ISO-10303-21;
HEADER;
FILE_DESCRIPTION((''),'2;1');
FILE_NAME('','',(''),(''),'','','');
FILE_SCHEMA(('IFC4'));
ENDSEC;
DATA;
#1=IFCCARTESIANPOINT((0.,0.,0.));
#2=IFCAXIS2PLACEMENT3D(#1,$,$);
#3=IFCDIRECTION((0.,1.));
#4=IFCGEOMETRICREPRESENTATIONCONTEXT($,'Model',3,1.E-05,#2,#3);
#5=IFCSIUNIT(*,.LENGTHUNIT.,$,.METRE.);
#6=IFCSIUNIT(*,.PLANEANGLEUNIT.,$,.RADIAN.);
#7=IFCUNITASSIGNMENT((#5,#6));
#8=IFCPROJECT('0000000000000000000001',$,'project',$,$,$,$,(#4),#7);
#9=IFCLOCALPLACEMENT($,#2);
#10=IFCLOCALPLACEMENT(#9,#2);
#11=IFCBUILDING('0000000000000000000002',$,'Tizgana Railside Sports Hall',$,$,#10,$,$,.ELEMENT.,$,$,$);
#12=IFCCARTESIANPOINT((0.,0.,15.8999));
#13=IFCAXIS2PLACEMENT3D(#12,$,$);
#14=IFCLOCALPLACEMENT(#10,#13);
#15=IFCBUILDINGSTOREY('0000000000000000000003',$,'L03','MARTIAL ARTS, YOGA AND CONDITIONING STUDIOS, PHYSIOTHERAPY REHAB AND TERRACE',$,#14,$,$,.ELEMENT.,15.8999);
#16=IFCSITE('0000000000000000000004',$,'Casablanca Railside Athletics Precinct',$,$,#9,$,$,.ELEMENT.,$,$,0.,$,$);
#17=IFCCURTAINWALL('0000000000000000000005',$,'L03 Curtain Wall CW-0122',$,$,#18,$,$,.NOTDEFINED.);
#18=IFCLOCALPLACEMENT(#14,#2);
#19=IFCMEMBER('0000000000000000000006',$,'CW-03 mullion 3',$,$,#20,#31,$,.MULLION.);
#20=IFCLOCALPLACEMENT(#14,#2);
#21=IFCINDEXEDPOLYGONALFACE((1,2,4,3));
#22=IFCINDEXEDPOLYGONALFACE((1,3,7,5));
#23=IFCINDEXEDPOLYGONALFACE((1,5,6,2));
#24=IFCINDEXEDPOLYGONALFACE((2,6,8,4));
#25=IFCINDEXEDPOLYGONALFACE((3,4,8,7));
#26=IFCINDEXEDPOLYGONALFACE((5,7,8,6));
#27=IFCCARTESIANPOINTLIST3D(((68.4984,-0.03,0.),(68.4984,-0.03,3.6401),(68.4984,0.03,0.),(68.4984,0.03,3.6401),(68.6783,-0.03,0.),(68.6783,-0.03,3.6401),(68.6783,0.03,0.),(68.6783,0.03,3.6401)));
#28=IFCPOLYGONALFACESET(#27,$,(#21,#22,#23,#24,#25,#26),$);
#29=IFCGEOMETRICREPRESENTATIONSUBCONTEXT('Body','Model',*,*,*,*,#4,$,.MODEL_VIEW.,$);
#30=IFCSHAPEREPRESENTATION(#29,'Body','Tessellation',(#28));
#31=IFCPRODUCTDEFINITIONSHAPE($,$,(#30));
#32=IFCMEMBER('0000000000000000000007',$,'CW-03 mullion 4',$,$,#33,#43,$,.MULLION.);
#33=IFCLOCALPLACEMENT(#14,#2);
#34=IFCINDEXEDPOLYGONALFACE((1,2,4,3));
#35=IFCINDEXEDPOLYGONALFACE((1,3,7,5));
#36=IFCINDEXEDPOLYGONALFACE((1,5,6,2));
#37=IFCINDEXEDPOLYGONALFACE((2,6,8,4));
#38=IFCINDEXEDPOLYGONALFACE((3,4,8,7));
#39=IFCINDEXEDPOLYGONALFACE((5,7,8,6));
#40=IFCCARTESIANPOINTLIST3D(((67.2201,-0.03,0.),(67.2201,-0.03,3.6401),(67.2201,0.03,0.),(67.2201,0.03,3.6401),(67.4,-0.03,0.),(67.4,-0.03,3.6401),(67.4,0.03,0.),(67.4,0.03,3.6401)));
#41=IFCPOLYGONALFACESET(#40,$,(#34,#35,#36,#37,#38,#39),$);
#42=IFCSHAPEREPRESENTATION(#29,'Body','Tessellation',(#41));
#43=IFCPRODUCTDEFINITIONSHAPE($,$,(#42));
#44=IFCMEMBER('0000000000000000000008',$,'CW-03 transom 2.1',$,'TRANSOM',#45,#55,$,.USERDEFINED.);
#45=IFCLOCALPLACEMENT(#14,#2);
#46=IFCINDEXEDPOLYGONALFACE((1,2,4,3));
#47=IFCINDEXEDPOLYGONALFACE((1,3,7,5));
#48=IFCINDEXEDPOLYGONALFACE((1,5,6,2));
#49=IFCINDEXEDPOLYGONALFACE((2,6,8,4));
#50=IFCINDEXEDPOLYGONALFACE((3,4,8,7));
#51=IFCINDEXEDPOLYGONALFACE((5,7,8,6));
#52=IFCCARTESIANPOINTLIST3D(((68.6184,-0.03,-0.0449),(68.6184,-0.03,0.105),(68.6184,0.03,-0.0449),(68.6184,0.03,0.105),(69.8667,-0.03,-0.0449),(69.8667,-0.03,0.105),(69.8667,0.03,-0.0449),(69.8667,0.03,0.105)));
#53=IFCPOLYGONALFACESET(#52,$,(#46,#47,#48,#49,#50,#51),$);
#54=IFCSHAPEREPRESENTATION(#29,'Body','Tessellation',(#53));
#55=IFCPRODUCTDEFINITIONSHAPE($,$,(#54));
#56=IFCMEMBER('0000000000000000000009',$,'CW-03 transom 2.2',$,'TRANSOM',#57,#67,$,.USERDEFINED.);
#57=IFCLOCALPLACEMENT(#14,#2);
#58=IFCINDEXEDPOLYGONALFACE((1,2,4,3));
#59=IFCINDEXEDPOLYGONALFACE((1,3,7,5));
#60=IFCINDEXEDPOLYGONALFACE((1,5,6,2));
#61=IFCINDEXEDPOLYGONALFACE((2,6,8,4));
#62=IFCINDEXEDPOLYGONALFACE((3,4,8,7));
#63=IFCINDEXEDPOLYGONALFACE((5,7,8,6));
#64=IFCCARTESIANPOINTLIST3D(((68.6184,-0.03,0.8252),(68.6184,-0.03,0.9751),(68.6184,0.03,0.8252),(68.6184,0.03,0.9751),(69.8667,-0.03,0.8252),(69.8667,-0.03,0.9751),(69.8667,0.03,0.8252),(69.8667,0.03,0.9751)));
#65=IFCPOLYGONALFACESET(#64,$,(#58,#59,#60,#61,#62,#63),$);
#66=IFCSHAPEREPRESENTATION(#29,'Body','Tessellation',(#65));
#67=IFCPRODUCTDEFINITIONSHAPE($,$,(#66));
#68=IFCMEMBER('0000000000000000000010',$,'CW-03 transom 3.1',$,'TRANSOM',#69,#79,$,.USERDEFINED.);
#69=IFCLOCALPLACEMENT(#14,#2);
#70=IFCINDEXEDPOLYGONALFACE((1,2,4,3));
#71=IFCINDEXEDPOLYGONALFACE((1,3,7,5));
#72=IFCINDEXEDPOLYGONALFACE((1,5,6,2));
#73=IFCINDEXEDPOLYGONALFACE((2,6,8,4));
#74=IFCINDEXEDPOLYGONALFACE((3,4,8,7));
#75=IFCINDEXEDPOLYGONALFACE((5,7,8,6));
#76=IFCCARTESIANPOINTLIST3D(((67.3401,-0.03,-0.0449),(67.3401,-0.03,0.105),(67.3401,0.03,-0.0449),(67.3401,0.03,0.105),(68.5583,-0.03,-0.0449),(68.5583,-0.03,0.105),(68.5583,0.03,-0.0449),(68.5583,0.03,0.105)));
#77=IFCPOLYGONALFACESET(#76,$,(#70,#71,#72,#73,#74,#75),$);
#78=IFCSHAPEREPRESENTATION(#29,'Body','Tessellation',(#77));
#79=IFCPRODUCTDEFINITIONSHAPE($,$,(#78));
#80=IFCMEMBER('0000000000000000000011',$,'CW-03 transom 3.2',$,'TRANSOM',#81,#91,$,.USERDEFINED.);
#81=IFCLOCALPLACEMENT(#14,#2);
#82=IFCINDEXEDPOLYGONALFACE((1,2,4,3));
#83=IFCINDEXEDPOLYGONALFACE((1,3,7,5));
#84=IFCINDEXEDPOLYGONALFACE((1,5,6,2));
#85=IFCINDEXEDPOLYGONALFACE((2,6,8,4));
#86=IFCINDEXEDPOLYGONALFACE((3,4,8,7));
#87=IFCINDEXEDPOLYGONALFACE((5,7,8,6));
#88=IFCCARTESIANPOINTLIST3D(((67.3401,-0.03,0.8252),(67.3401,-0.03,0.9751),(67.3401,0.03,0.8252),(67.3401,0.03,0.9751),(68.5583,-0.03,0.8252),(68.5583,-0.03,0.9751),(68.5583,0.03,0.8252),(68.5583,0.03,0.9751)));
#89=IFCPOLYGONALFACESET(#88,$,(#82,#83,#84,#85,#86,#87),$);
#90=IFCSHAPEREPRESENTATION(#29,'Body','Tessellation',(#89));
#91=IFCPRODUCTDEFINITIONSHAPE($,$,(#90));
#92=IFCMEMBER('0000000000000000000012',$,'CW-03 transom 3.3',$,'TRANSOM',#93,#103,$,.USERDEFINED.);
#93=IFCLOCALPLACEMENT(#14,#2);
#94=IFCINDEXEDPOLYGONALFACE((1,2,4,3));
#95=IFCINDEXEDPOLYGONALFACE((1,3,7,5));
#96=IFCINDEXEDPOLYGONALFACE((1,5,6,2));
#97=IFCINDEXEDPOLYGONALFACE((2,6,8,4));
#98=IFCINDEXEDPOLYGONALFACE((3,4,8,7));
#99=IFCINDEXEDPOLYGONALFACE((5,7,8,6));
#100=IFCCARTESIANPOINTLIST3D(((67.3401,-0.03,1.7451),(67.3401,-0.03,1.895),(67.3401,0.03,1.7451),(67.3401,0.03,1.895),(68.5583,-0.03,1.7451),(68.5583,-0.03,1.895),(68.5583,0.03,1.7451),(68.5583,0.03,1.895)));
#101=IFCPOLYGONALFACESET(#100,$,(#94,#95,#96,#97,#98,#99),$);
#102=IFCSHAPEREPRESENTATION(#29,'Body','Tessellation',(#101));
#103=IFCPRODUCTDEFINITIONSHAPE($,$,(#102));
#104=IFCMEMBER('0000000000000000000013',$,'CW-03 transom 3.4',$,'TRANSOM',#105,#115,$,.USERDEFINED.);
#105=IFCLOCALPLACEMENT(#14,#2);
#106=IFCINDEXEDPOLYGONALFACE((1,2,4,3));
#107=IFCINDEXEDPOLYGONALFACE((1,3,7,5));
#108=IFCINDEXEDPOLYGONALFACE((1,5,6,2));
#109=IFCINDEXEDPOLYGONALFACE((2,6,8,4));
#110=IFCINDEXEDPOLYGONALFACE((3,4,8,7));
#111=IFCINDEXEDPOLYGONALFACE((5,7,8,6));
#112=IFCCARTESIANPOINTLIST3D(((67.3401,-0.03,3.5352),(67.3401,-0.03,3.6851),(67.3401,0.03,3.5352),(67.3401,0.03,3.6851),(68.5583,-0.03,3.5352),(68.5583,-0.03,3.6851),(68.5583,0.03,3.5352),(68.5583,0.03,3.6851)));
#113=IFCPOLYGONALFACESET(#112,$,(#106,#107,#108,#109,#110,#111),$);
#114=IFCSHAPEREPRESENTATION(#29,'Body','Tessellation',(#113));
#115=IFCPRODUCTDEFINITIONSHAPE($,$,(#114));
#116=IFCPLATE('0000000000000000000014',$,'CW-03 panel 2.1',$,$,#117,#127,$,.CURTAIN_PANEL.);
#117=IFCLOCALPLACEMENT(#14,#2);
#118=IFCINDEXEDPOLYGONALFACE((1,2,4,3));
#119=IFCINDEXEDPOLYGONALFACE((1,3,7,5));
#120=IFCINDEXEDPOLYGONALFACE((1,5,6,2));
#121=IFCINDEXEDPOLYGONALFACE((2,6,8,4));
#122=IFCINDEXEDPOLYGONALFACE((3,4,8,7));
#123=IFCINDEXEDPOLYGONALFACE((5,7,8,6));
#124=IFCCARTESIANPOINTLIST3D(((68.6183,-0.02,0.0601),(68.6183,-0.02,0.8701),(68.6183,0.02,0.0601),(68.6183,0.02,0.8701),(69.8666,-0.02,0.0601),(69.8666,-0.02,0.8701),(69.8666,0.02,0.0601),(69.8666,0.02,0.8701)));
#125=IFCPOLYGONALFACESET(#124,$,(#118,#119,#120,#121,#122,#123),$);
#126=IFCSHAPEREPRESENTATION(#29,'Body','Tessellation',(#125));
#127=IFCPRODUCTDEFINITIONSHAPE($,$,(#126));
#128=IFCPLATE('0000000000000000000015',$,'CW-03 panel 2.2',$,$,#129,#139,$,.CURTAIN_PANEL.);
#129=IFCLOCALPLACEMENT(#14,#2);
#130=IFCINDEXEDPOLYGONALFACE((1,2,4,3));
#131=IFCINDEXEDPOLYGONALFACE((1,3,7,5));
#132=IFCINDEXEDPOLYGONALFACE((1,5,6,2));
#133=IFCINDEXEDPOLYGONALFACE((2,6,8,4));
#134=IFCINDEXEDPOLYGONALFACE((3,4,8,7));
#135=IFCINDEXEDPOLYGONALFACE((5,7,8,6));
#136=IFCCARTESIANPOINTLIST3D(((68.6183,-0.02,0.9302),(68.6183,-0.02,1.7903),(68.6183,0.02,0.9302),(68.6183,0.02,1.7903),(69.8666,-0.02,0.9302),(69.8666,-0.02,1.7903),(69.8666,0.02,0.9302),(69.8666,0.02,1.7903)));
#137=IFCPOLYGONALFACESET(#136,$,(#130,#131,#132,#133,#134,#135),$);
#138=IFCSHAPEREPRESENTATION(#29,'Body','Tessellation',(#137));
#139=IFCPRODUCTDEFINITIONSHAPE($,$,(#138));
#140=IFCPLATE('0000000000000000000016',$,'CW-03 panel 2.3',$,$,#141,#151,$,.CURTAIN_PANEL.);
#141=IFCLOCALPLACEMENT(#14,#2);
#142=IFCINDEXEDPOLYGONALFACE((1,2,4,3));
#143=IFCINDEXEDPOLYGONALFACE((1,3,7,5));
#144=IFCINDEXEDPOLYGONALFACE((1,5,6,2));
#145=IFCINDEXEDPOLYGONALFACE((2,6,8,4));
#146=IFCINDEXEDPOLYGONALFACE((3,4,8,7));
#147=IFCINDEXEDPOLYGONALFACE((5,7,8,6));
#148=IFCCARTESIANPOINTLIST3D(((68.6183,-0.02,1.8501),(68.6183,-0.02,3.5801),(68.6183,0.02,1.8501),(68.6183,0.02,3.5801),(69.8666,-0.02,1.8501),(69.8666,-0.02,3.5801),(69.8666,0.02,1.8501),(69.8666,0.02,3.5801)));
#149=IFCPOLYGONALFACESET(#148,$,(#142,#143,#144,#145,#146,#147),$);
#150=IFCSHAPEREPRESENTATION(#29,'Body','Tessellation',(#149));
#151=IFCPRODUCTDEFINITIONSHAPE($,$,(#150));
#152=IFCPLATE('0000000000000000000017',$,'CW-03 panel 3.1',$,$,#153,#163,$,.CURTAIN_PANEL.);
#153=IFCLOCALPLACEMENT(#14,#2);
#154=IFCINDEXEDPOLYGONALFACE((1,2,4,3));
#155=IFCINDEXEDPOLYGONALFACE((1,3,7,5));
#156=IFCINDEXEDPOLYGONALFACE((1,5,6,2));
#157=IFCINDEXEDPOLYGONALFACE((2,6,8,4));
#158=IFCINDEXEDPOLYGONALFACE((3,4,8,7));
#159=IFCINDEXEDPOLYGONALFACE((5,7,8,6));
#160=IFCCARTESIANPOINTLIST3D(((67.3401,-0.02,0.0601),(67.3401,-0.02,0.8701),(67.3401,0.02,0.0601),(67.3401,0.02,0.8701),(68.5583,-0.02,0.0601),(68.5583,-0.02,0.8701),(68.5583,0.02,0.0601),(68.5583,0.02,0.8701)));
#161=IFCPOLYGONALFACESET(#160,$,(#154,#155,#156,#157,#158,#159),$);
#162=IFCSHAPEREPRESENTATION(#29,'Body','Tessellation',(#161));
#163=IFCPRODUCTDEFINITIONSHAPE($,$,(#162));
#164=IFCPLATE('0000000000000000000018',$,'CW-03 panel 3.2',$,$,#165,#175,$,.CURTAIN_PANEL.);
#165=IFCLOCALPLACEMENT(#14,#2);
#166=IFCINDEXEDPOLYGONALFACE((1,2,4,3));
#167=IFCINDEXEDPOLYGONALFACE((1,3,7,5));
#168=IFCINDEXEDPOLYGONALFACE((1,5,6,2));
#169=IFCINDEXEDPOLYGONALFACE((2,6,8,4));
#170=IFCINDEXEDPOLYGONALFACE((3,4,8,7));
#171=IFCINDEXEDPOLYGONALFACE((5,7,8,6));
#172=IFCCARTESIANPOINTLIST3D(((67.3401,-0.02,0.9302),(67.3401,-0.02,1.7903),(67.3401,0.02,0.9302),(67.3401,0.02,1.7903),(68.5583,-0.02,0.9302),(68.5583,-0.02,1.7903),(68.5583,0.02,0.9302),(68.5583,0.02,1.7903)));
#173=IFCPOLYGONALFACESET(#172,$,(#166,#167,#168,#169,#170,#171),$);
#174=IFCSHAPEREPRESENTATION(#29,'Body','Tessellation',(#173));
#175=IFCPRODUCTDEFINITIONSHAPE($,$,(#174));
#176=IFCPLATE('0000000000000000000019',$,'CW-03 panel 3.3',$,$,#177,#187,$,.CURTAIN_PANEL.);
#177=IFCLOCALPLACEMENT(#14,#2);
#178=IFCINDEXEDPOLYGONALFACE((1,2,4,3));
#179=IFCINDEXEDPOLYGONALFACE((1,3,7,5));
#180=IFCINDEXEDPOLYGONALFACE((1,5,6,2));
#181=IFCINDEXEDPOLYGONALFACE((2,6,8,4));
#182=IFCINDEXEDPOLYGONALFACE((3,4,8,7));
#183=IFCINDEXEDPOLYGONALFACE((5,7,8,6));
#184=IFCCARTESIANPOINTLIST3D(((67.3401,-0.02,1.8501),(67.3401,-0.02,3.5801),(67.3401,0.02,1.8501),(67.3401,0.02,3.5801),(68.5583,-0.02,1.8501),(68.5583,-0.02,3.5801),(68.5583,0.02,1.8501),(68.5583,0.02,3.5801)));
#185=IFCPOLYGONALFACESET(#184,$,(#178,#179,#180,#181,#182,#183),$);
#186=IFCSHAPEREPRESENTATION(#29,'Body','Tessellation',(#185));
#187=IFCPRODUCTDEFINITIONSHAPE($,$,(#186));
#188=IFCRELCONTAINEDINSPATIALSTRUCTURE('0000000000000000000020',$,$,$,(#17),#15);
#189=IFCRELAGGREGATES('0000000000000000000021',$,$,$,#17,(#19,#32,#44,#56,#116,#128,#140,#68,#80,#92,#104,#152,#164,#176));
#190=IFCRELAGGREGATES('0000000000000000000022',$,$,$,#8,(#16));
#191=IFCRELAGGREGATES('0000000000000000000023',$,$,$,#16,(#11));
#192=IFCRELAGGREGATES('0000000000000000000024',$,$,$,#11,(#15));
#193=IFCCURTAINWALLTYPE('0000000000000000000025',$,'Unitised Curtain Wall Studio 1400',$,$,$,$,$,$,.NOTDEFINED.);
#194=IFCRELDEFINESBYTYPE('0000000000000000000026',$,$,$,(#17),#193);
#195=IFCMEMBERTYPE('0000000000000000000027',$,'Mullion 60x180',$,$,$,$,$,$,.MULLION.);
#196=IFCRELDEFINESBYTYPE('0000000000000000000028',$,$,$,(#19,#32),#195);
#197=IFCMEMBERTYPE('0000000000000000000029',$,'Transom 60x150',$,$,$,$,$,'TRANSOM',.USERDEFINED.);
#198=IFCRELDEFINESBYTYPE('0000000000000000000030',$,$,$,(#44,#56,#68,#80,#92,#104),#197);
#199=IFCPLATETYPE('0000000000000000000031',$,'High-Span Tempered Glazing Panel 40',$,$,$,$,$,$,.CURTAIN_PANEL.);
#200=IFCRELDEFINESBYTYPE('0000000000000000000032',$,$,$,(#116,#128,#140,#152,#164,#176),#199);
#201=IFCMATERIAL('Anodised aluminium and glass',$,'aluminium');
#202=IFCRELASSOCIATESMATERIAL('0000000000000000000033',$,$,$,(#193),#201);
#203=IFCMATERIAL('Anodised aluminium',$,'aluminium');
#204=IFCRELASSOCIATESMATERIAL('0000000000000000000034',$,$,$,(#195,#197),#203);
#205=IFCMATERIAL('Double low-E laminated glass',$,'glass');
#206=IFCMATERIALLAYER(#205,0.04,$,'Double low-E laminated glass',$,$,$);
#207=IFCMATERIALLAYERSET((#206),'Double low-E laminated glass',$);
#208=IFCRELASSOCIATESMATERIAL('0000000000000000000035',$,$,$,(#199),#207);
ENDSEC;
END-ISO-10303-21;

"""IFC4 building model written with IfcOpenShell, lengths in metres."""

from ifc_helpers import new_model, si_unit, direction, frame, origin, origin_2d, place, context, subcontext, project, spatial, rectangle, extrude, material, layer, layer_set, material_profile, profile_set, type_object, element, aggregate, save


model = new_model("IFC4")

# Units and contexts
model_context = context("Model", 3, precision=1e-05, world=origin(), true_north=direction((0.0, 1.0)))
body_context = subcontext(model_context, "Body", "Model", "MODEL_VIEW")
ifc_project = project(units=[si_unit("LENGTHUNIT", "METRE"), si_unit("PLANEANGLEUNIT", "RADIAN")], contexts=[model_context])

# Site, building, storey
site_placement = place(None, origin())
site = spatial("IfcSite", under=ifc_project, at=site_placement, Name="Casablanca Railside Athletics Precinct", CompositionType="ELEMENT", RefElevation=0.0)
building_placement = place(site_placement, origin())
building = spatial("IfcBuilding", under=site, at=building_placement, Name="Tizgana Railside Sports Hall", CompositionType="ELEMENT")
storey_placement = place(building_placement, frame((0.0, 0.0, 15.8999)))
storey = spatial("IfcBuildingStorey", under=building, at=storey_placement, Name="L03", Description="MARTIAL ARTS, YOGA AND CONDITIONING STUDIOS, PHYSIOTHERAPY REHAB AND TERRACE", CompositionType="ELEMENT", Elevation=15.8999)

# Curtain wall, members, plates
ifc_material_1 = material(Name="Anodised aluminium and glass", Category="aluminium")
curtain_wall_type = type_object("IfcCurtainWallType", Name="Unitised Curtain Wall Studio 1400", PredefinedType="NOTDEFINED", material=ifc_material_1)
curtain_wall_placement = place(storey_placement, origin())
curtain_wall = element("IfcCurtainWall", 1, at=curtain_wall_placement, inside=storey, type_object=curtain_wall_type, Name="L03 Curtain Wall CW-0122", PredefinedType="NOTDEFINED")
ifc_material_2 = material(Name="Anodised aluminium", Category="aluminium")
ifc_material_profile_1 = material_profile(ifc_material_2, rectangle(XDim=0.0601, YDim=0.1799, at=origin_2d()), Name="Mullion 60x180")
ifc_profile_set_1 = profile_set([ifc_material_profile_1], Name="Anodised aluminium")
member_type_1 = type_object("IfcMemberType", Name="Mullion 60x180", PredefinedType="MULLION", material=ifc_profile_set_1)
member_1_placement = place(storey_placement, frame((68.5884, 0.0, 0.0), z_axis=(0.0, 0.0, 1.0), x_axis=(0.0, -1.0, 0.0)))
member_1 = element("IfcMember", 2, at=member_1_placement, type_object=member_type_1, Name="CW-03 mullion 3", PredefinedType="MULLION", context=body_context, shape_type="SweptSolid", body=[
    extrude(rectangle(XDim=0.0601, YDim=0.1799, at=origin_2d()), origin(), (0.0, 0.0, 1.0), 3.6401),
])
member_2_placement = place(storey_placement, frame((67.3101, 0.0, 0.0), z_axis=(0.0, 0.0, 1.0), x_axis=(0.0, -1.0, 0.0)))
member_2 = element("IfcMember", 3, at=member_2_placement, type_object=member_type_1, Name="CW-03 mullion 4", PredefinedType="MULLION", context=body_context, shape_type="SweptSolid", body=[
    extrude(rectangle(XDim=0.0601, YDim=0.1799, at=origin_2d()), origin(), (0.0, 0.0, 1.0), 3.6401),
])
ifc_material_profile_2 = material_profile(ifc_material_2, rectangle(XDim=0.0601, YDim=0.1499, at=origin_2d()), Name="Transom 60x150")
ifc_profile_set_2 = profile_set([ifc_material_profile_2], Name="Anodised aluminium")
member_type_2 = type_object("IfcMemberType", Name="Transom 60x150", ElementType="TRANSOM", PredefinedType="USERDEFINED", material=ifc_profile_set_2)
member_3_placement = place(storey_placement, frame((69.8667, 0.0, 0.03), z_axis=(-1.0, 0.0, 0.0), x_axis=(0.0, -1.0, 0.0)))
member_3 = element("IfcMember", 4, at=member_3_placement, type_object=member_type_2, Name="CW-03 transom 2.1", ObjectType="TRANSOM", PredefinedType="USERDEFINED", context=body_context, shape_type="SweptSolid", body=[
    extrude(rectangle(XDim=0.0601, YDim=0.1499, at=origin_2d()), origin(), (0.0, 0.0, 1.0), 1.2483),
])
member_4_placement = place(storey_placement, frame((69.8667, 0.0, 0.9001), z_axis=(-1.0, 0.0, 0.0), x_axis=(0.0, -1.0, 0.0)))
member_4 = element("IfcMember", 5, at=member_4_placement, type_object=member_type_2, Name="CW-03 transom 2.2", ObjectType="TRANSOM", PredefinedType="USERDEFINED", context=body_context, shape_type="SweptSolid", body=[
    extrude(rectangle(XDim=0.0601, YDim=0.1499, at=origin_2d()), origin(), (0.0, 0.0, 1.0), 1.2483),
])
member_5_placement = place(storey_placement, frame((68.5583, 0.0, 0.03), z_axis=(-1.0, 0.0, 0.0), x_axis=(0.0, -1.0, 0.0)))
member_5 = element("IfcMember", 6, at=member_5_placement, type_object=member_type_2, Name="CW-03 transom 3.1", ObjectType="TRANSOM", PredefinedType="USERDEFINED", context=body_context, shape_type="SweptSolid", body=[
    extrude(rectangle(XDim=0.0601, YDim=0.1499, at=origin_2d()), origin(), (0.0, 0.0, 1.0), 1.2183),
])
member_6_placement = place(storey_placement, frame((68.5583, 0.0, 0.9001), z_axis=(-1.0, 0.0, 0.0), x_axis=(0.0, -1.0, 0.0)))
member_6 = element("IfcMember", 7, at=member_6_placement, type_object=member_type_2, Name="CW-03 transom 3.2", ObjectType="TRANSOM", PredefinedType="USERDEFINED", context=body_context, shape_type="SweptSolid", body=[
    extrude(rectangle(XDim=0.0601, YDim=0.1499, at=origin_2d()), origin(), (0.0, 0.0, 1.0), 1.2183),
])
member_7_placement = place(storey_placement, frame((68.5583, 0.0, 1.8201), z_axis=(-1.0, 0.0, 0.0), x_axis=(0.0, -1.0, 0.0)))
member_7 = element("IfcMember", 8, at=member_7_placement, type_object=member_type_2, Name="CW-03 transom 3.3", ObjectType="TRANSOM", PredefinedType="USERDEFINED", context=body_context, shape_type="SweptSolid", body=[
    extrude(rectangle(XDim=0.0601, YDim=0.1499, at=origin_2d()), origin(), (0.0, 0.0, 1.0), 1.2183),
])
member_8_placement = place(storey_placement, frame((68.5583, 0.0, 3.6101), z_axis=(-1.0, 0.0, 0.0), x_axis=(0.0, -1.0, 0.0)))
member_8 = element("IfcMember", 9, at=member_8_placement, type_object=member_type_2, Name="CW-03 transom 3.4", ObjectType="TRANSOM", PredefinedType="USERDEFINED", context=body_context, shape_type="SweptSolid", body=[
    extrude(rectangle(XDim=0.0601, YDim=0.1499, at=origin_2d()), origin(), (0.0, 0.0, 1.0), 1.2183),
])
ifc_material_3 = material(Name="Double low-E laminated glass", Category="glass")
ifc_layer_1 = layer(ifc_material_3, 0.04, Name="Double low-E laminated glass")
ifc_layer_set_1 = layer_set([ifc_layer_1], Name="Double low-E laminated glass")
plate_type = type_object("IfcPlateType", Name="High-Span Tempered Glazing Panel 40", PredefinedType="CURTAIN_PANEL", material=ifc_layer_set_1)
plate_1_placement = place(storey_placement, frame((69.2424, 0.0, 0.0601), z_axis=(0.0, 0.0, 1.0), x_axis=(-1.0, 0.0, 0.0)))
plate_1 = element("IfcPlate", 10, at=plate_1_placement, type_object=plate_type, Name="CW-03 panel 2.1", PredefinedType="CURTAIN_PANEL", context=body_context, shape_type="SweptSolid", body=[
    extrude(rectangle(XDim=1.2483, YDim=0.04, at=origin_2d()), origin(), (0.0, 0.0, 1.0), 0.8101),
])
plate_2_placement = place(storey_placement, frame((69.2424, 0.0, 0.9302), z_axis=(0.0, 0.0, 1.0), x_axis=(-1.0, 0.0, 0.0)))
plate_2 = element("IfcPlate", 11, at=plate_2_placement, type_object=plate_type, Name="CW-03 panel 2.2", PredefinedType="CURTAIN_PANEL", context=body_context, shape_type="SweptSolid", body=[
    extrude(rectangle(XDim=1.2483, YDim=0.04, at=origin_2d()), origin(), (0.0, 0.0, 1.0), 0.8601),
])
plate_3_placement = place(storey_placement, frame((69.2424, 0.0, 1.8501), z_axis=(0.0, 0.0, 1.0), x_axis=(-1.0, 0.0, 0.0)))
plate_3 = element("IfcPlate", 12, at=plate_3_placement, type_object=plate_type, Name="CW-03 panel 2.3", PredefinedType="CURTAIN_PANEL", context=body_context, shape_type="SweptSolid", body=[
    extrude(rectangle(XDim=1.2483, YDim=0.04, at=origin_2d()), origin(), (0.0, 0.0, 1.0), 1.73),
])
plate_4_placement = place(storey_placement, frame((67.9492, 0.0, 0.0601), z_axis=(0.0, 0.0, 1.0), x_axis=(-1.0, 0.0, 0.0)))
plate_4 = element("IfcPlate", 13, at=plate_4_placement, type_object=plate_type, Name="CW-03 panel 3.1", PredefinedType="CURTAIN_PANEL", context=body_context, shape_type="SweptSolid", body=[
    extrude(rectangle(XDim=1.2183, YDim=0.04, at=origin_2d()), origin(), (0.0, 0.0, 1.0), 0.8101),
])
plate_5_placement = place(storey_placement, frame((67.9492, 0.0, 0.9302), z_axis=(0.0, 0.0, 1.0), x_axis=(-1.0, 0.0, 0.0)))
plate_5 = element("IfcPlate", 14, at=plate_5_placement, type_object=plate_type, Name="CW-03 panel 3.2", PredefinedType="CURTAIN_PANEL", context=body_context, shape_type="SweptSolid", body=[
    extrude(rectangle(XDim=1.2183, YDim=0.04, at=origin_2d()), origin(), (0.0, 0.0, 1.0), 0.8601),
])
plate_6_placement = place(storey_placement, frame((67.9492, 0.0, 1.8501), z_axis=(0.0, 0.0, 1.0), x_axis=(-1.0, 0.0, 0.0)))
plate_6 = element("IfcPlate", 15, at=plate_6_placement, type_object=plate_type, Name="CW-03 panel 3.3", PredefinedType="CURTAIN_PANEL", context=body_context, shape_type="SweptSolid", body=[
    extrude(rectangle(XDim=1.2183, YDim=0.04, at=origin_2d()), origin(), (0.0, 0.0, 1.0), 1.73),
])
aggregate(curtain_wall, [member_1, member_2, member_3, member_4, plate_1, plate_2, plate_3, member_5, member_6, member_7, member_8, plate_4, plate_5, plate_6])

save(model, "model.ifc")
